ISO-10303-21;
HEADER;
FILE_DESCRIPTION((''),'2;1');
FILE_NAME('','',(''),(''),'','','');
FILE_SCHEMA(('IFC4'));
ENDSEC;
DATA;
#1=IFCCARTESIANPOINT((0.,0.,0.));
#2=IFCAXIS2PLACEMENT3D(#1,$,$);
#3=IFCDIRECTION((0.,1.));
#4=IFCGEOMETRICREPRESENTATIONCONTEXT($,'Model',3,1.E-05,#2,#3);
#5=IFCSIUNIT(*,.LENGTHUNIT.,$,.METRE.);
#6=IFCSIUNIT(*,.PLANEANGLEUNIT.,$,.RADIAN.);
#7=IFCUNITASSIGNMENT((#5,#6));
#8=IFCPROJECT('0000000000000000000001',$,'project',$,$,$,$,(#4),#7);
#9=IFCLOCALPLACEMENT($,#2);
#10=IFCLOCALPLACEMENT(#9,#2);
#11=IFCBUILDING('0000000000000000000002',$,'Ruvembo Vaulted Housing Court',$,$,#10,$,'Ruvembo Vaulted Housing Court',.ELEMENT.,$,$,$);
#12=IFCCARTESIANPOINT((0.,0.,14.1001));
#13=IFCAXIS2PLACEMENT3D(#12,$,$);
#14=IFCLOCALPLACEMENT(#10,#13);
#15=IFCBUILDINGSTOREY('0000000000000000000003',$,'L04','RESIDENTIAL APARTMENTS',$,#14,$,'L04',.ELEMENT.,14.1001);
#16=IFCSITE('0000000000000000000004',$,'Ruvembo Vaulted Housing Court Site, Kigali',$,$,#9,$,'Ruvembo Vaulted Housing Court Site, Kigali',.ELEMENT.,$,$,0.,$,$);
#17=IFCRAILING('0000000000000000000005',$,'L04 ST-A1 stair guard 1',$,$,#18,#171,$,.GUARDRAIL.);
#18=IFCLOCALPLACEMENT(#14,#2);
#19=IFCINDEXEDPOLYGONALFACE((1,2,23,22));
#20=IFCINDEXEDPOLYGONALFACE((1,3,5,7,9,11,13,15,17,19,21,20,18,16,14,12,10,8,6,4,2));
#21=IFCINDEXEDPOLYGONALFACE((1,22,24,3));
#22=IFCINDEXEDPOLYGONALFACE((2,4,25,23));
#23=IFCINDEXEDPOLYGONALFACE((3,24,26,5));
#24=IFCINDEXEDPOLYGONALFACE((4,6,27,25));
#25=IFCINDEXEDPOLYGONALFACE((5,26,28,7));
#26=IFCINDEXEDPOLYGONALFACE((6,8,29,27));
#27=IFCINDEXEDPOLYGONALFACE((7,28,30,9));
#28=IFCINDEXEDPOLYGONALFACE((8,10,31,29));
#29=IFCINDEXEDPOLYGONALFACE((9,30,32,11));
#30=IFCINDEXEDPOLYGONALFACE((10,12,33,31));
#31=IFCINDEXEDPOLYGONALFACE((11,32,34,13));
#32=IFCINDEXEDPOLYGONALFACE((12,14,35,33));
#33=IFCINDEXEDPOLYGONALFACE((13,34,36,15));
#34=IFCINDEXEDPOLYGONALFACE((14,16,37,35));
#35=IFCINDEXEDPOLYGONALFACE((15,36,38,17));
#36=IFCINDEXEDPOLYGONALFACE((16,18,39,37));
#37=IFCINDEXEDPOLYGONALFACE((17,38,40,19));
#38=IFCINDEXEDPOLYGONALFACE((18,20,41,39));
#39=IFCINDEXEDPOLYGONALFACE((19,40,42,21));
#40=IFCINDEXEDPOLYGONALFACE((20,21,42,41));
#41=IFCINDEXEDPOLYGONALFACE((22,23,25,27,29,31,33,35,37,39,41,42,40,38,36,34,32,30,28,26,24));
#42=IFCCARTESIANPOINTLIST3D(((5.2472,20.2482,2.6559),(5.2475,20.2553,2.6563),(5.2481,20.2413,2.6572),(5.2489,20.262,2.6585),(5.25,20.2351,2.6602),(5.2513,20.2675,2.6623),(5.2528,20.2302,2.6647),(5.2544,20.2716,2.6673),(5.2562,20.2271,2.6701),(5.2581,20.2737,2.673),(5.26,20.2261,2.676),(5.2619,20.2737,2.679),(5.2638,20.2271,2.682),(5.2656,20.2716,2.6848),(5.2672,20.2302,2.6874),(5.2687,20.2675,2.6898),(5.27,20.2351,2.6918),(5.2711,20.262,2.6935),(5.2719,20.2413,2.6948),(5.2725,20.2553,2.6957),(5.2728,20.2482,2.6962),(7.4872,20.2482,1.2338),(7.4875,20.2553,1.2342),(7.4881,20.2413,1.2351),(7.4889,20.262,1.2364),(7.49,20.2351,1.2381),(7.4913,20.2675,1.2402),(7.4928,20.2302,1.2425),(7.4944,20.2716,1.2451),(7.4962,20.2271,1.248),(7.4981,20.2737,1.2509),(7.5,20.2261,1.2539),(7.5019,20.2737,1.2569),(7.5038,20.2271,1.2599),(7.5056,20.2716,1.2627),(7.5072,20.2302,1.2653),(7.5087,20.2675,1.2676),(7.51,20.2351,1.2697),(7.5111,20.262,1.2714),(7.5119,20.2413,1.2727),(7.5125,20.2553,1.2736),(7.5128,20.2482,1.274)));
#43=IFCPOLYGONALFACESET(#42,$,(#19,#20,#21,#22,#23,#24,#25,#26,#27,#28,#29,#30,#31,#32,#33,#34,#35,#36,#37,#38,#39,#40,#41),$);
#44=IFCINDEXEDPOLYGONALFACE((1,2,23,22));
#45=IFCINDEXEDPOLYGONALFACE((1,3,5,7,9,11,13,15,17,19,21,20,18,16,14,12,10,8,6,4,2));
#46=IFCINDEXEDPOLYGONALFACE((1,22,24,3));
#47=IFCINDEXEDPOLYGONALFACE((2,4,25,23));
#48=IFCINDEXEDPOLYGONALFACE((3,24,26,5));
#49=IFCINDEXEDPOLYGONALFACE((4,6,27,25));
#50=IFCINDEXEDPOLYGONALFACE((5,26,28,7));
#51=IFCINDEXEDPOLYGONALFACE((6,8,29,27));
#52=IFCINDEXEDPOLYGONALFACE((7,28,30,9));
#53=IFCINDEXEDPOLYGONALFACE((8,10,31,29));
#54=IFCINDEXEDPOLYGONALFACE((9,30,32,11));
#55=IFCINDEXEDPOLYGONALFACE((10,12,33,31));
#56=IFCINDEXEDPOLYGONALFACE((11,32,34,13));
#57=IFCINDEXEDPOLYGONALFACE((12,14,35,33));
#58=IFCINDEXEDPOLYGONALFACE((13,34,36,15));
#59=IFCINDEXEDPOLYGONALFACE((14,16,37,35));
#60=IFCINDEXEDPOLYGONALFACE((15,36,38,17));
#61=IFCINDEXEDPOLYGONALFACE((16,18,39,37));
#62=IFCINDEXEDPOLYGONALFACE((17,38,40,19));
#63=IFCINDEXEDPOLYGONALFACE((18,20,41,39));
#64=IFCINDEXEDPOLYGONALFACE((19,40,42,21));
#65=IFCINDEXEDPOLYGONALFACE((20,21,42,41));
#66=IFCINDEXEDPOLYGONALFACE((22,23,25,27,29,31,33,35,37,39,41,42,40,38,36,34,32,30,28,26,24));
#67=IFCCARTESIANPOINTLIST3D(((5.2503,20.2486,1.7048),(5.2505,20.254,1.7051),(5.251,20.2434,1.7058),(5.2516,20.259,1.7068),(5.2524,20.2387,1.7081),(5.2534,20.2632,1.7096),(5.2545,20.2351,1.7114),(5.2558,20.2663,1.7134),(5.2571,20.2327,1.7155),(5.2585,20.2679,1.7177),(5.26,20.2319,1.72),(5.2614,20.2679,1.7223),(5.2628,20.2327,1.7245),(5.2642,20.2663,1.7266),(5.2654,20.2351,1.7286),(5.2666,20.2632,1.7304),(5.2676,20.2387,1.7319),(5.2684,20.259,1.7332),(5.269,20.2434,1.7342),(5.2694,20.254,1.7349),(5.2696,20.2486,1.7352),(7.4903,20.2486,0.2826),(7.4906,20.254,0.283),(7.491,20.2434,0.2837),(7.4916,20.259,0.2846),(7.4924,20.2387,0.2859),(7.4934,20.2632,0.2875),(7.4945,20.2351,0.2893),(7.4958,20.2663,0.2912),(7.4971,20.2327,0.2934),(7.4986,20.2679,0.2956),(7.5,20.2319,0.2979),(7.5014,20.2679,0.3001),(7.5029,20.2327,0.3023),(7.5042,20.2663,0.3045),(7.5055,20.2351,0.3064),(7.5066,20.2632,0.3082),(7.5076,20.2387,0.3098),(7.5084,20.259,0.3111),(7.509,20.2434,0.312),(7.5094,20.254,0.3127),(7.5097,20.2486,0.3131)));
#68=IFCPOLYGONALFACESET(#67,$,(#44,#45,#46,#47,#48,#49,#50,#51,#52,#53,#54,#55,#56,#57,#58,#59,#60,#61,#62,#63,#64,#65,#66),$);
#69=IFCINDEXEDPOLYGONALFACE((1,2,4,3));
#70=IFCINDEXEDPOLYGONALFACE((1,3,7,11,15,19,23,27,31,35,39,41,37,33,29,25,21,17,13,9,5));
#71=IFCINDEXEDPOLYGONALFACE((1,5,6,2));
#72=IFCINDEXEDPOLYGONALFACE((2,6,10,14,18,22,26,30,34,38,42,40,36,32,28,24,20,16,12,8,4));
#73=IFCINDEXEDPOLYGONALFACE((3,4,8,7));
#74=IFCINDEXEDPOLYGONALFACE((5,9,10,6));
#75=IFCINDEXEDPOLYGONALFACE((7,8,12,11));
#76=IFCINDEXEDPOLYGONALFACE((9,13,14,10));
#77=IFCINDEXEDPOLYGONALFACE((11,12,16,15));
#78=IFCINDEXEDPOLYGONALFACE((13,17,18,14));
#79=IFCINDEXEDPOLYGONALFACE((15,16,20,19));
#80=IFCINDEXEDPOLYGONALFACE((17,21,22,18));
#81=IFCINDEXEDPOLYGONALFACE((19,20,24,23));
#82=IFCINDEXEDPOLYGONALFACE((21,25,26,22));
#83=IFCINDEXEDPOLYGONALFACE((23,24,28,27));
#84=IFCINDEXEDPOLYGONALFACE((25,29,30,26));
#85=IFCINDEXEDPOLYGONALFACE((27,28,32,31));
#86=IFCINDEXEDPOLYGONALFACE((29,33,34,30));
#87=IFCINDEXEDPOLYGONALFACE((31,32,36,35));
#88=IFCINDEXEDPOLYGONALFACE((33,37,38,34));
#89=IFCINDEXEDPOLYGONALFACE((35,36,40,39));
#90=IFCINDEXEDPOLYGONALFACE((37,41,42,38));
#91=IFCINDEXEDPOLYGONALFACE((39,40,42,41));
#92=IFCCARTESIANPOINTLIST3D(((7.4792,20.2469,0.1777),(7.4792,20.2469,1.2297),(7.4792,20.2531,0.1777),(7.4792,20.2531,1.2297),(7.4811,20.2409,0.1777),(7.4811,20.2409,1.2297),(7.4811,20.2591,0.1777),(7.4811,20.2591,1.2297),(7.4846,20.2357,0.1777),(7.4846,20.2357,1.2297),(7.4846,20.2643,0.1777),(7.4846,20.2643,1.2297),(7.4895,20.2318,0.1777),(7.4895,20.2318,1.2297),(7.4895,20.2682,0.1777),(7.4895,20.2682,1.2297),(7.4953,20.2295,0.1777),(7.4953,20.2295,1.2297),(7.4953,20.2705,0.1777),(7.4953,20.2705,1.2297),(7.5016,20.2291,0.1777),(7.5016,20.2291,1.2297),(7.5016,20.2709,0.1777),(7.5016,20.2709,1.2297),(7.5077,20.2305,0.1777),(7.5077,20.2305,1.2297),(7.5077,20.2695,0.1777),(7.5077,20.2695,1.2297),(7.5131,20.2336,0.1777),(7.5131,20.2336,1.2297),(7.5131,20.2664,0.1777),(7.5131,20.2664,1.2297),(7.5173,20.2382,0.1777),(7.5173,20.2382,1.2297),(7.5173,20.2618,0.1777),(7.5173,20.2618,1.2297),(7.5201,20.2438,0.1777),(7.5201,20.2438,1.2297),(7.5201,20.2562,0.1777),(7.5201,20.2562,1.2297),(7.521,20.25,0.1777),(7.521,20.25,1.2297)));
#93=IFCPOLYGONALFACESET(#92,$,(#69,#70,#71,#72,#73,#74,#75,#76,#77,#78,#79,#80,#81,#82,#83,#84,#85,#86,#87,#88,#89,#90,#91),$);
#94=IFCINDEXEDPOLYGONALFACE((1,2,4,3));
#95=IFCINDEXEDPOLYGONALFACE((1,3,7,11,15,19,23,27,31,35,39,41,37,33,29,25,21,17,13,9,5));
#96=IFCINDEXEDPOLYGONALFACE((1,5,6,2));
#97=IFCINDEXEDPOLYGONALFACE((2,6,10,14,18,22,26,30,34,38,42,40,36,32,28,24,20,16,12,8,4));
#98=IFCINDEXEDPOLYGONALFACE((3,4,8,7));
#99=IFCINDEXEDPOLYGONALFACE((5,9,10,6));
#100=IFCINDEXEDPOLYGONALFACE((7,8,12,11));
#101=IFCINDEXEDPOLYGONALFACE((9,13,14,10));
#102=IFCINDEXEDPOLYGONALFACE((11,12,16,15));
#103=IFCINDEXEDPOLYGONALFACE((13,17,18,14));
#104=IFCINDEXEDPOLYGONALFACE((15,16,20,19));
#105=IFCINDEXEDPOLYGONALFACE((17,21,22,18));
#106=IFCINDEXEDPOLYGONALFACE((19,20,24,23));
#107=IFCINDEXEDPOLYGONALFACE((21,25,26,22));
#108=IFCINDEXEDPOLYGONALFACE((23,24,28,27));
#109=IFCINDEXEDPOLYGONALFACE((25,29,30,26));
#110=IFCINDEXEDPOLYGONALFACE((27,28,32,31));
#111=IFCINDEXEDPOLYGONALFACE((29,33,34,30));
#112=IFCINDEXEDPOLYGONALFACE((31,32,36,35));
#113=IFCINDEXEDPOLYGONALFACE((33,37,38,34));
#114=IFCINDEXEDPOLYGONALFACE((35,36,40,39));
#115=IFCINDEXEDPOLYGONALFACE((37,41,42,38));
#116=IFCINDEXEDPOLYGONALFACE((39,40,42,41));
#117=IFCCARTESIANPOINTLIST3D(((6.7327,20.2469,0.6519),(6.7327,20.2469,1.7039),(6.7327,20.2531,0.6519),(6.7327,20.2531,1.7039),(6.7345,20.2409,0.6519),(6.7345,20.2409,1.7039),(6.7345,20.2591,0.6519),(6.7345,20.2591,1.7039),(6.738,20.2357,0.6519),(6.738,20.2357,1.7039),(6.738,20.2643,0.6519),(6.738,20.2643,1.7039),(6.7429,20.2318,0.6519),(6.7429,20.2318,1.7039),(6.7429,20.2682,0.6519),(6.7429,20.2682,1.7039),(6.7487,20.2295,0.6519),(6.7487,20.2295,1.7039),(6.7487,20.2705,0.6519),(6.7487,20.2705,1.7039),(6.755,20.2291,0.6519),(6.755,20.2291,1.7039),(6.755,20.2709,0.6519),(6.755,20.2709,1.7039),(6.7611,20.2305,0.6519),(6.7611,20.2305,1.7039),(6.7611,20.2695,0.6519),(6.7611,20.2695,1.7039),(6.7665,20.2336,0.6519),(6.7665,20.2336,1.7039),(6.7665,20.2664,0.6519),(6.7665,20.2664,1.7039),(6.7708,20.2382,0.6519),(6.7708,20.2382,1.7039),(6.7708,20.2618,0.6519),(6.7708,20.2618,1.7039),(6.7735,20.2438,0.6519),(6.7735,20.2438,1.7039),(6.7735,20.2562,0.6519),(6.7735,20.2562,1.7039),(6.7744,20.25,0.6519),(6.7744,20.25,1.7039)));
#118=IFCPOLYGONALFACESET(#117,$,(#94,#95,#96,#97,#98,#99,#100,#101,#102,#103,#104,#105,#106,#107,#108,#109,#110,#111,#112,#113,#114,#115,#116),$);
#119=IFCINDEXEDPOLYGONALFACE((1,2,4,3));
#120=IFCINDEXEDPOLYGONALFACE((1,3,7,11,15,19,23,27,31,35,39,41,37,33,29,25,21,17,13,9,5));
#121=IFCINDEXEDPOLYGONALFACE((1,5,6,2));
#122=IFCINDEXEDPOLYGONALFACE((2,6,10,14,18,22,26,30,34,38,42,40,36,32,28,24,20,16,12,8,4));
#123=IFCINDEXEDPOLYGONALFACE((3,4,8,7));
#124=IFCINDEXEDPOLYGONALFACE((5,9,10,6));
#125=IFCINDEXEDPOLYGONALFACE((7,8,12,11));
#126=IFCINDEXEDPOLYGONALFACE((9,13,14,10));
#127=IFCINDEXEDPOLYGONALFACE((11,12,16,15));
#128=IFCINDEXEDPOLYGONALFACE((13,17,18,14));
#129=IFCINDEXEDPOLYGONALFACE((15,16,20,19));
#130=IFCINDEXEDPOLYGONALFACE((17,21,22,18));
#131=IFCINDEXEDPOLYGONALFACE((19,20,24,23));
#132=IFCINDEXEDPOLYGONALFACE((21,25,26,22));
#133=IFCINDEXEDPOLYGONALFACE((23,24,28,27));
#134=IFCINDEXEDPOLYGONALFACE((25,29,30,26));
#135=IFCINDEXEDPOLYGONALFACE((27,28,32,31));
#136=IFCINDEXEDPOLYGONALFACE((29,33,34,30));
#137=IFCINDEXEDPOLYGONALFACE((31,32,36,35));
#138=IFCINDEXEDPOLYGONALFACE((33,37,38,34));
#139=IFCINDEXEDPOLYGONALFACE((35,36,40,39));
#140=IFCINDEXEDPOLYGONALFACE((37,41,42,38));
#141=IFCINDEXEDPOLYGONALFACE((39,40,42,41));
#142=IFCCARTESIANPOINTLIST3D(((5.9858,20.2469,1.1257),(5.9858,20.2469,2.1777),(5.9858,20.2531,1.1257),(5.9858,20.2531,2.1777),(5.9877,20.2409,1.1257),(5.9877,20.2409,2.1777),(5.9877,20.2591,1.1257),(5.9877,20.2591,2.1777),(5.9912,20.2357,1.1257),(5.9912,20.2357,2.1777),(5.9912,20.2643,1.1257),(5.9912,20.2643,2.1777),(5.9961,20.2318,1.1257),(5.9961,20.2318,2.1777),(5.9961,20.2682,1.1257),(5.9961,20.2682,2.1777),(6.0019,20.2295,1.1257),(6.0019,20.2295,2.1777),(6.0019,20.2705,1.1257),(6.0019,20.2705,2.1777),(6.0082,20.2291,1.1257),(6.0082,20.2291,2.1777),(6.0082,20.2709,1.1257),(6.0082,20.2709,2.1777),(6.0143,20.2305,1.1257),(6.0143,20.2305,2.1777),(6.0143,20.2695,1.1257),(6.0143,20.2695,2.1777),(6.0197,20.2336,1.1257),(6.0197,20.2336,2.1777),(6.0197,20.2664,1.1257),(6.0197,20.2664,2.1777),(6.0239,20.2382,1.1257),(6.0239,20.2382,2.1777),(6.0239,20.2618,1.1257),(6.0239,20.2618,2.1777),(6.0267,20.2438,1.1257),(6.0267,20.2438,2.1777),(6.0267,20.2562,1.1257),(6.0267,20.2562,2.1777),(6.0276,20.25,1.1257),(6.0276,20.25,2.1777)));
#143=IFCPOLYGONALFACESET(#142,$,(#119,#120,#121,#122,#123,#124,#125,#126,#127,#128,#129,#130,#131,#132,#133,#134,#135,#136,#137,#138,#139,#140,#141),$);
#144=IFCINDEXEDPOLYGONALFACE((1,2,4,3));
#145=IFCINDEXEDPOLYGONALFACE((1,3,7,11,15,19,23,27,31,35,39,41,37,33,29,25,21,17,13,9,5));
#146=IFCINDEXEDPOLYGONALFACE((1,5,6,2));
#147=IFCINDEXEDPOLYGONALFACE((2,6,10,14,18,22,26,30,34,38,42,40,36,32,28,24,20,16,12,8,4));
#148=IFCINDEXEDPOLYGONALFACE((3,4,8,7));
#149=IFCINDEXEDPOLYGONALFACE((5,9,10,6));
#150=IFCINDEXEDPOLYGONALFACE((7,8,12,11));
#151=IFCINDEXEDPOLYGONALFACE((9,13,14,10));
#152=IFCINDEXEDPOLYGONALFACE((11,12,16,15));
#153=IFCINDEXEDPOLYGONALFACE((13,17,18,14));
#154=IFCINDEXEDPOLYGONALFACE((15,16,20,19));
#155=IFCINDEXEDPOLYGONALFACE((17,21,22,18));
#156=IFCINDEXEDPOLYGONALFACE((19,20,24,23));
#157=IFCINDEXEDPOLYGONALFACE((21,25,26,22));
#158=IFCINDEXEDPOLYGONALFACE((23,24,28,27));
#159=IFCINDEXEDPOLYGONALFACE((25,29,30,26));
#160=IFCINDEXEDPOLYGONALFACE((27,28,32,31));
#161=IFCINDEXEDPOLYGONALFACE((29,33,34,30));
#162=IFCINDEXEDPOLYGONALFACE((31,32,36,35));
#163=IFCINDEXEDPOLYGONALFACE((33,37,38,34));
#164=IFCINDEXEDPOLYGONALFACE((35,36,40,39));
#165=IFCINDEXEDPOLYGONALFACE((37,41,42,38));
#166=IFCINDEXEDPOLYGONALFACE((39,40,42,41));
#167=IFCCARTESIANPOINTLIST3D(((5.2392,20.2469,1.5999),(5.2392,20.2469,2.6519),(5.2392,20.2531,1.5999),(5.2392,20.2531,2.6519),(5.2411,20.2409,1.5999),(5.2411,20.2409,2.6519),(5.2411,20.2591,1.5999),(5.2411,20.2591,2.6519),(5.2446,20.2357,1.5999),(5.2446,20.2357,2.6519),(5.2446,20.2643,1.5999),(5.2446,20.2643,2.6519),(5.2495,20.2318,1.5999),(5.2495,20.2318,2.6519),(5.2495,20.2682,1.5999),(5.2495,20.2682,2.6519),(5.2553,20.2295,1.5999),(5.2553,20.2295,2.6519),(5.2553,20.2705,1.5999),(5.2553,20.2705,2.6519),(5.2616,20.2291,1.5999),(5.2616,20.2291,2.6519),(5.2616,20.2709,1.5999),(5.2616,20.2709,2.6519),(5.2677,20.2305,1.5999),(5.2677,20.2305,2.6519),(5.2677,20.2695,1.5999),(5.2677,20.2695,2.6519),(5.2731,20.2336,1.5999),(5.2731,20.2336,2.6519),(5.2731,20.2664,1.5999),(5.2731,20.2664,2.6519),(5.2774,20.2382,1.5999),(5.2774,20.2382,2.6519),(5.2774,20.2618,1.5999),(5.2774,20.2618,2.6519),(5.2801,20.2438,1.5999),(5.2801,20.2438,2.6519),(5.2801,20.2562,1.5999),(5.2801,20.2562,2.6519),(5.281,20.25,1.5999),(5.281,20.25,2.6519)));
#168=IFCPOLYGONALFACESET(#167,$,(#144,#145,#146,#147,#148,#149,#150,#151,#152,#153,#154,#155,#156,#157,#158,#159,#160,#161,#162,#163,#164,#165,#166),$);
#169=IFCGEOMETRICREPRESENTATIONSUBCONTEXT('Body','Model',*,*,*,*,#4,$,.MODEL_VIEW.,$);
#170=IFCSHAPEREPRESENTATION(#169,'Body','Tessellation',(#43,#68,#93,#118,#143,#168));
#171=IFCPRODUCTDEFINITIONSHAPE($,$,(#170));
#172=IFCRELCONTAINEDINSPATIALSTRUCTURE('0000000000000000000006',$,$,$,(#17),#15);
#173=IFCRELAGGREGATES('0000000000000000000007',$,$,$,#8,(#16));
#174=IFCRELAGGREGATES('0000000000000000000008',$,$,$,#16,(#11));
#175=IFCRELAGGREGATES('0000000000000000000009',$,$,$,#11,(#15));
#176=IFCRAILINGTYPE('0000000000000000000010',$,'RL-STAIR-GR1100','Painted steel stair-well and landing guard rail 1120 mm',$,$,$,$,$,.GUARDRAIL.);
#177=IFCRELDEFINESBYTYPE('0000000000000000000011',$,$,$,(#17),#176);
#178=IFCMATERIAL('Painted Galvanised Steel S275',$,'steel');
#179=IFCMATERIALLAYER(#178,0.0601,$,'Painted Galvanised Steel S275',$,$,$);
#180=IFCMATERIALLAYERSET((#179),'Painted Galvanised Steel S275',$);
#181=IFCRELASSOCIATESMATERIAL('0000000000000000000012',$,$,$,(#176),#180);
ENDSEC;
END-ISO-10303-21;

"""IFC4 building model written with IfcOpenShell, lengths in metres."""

from ifc_helpers import new_model, si_unit, direction, frame, origin, origin_2d, place, context, subcontext, project, spatial, circle, extrude, material, layer, layer_set, type_object, element, save


model = new_model("IFC4")

# Units and contexts
model_context = context("Model", 3, precision=1e-05, world=origin(), true_north=direction((0.0, 1.0)))
body_context = subcontext(model_context, "Body", "Model", "MODEL_VIEW")
ifc_project = project(units=[si_unit("LENGTHUNIT", "METRE"), si_unit("PLANEANGLEUNIT", "RADIAN")], contexts=[model_context])

# Site, building, storey
site_placement = place(None, origin())
site = spatial("IfcSite", under=ifc_project, at=site_placement, Name="Ruvembo Vaulted Housing Court Site, Kigali", LongName="Ruvembo Vaulted Housing Court Site, Kigali", CompositionType="ELEMENT", RefElevation=0.0)
building_placement = place(site_placement, origin())
building = spatial("IfcBuilding", under=site, at=building_placement, Name="Ruvembo Vaulted Housing Court", LongName="Ruvembo Vaulted Housing Court", CompositionType="ELEMENT")
storey_placement = place(building_placement, frame((0.0, 0.0, 14.1001)))
storey = spatial("IfcBuildingStorey", under=building, at=storey_placement, Name="L04", Description="RESIDENTIAL APARTMENTS", LongName="L04", CompositionType="ELEMENT", Elevation=14.1001)

# Railing
ifc_material_1 = material(Name="Painted Galvanised Steel S275", Category="steel")
ifc_layer_1 = layer(ifc_material_1, 0.0601, Name="Painted Galvanised Steel S275")
ifc_layer_set_1 = layer_set([ifc_layer_1], Name="Painted Galvanised Steel S275")
railing_type_1 = type_object("IfcRailingType", Name="RL-STAIR-GR1100", Description="Painted steel stair-well and landing guard rail 1120 mm", PredefinedType="GUARDRAIL", material=ifc_layer_set_1)
railing_1_placement = place(storey_placement, frame((7.5, 20.25, 0.1777)))
element("IfcRailing", 1, at=railing_1_placement, inside=storey, type_object=railing_type_1, Name="L04 ST-A1 stair guard 1", PredefinedType="GUARDRAIL", context=body_context, shape_type="SweptSolid", body=[
    extrude(circle(Radius=0.0239, at=origin_2d()), frame((0.0, 0.0, 1.0762), z_axis=(-0.844229, 0.0, 0.535982), x_axis=(0.0, -1.0, 0.0)), (0.0, 0.0, 1.0), 2.6533),
    extrude(circle(Radius=0.0181, at=origin_2d()), frame((0.0, 0.0, 0.1201), z_axis=(-0.844229, 0.0, 0.535982), x_axis=(0.0, -1.0, 0.0)), (0.0, 0.0, 1.0), 2.6533),
    extrude(circle(Radius=0.021, at=origin_2d()), origin(), (0.0, 0.0, 1.0), 1.052),
    extrude(circle(Radius=0.021, at=origin_2d()), frame((-0.7466, 0.0, 0.4741)), (0.0, 0.0, 1.0), 1.052),
    extrude(circle(Radius=0.021, at=origin_2d()), frame((-1.4934, 0.0, 0.948)), (0.0, 0.0, 1.0), 1.052),
    extrude(circle(Radius=0.021, at=origin_2d()), frame((-2.24, 0.0, 1.4221)), (0.0, 0.0, 1.0), 1.052),
])

save(model, "model.ifc")
